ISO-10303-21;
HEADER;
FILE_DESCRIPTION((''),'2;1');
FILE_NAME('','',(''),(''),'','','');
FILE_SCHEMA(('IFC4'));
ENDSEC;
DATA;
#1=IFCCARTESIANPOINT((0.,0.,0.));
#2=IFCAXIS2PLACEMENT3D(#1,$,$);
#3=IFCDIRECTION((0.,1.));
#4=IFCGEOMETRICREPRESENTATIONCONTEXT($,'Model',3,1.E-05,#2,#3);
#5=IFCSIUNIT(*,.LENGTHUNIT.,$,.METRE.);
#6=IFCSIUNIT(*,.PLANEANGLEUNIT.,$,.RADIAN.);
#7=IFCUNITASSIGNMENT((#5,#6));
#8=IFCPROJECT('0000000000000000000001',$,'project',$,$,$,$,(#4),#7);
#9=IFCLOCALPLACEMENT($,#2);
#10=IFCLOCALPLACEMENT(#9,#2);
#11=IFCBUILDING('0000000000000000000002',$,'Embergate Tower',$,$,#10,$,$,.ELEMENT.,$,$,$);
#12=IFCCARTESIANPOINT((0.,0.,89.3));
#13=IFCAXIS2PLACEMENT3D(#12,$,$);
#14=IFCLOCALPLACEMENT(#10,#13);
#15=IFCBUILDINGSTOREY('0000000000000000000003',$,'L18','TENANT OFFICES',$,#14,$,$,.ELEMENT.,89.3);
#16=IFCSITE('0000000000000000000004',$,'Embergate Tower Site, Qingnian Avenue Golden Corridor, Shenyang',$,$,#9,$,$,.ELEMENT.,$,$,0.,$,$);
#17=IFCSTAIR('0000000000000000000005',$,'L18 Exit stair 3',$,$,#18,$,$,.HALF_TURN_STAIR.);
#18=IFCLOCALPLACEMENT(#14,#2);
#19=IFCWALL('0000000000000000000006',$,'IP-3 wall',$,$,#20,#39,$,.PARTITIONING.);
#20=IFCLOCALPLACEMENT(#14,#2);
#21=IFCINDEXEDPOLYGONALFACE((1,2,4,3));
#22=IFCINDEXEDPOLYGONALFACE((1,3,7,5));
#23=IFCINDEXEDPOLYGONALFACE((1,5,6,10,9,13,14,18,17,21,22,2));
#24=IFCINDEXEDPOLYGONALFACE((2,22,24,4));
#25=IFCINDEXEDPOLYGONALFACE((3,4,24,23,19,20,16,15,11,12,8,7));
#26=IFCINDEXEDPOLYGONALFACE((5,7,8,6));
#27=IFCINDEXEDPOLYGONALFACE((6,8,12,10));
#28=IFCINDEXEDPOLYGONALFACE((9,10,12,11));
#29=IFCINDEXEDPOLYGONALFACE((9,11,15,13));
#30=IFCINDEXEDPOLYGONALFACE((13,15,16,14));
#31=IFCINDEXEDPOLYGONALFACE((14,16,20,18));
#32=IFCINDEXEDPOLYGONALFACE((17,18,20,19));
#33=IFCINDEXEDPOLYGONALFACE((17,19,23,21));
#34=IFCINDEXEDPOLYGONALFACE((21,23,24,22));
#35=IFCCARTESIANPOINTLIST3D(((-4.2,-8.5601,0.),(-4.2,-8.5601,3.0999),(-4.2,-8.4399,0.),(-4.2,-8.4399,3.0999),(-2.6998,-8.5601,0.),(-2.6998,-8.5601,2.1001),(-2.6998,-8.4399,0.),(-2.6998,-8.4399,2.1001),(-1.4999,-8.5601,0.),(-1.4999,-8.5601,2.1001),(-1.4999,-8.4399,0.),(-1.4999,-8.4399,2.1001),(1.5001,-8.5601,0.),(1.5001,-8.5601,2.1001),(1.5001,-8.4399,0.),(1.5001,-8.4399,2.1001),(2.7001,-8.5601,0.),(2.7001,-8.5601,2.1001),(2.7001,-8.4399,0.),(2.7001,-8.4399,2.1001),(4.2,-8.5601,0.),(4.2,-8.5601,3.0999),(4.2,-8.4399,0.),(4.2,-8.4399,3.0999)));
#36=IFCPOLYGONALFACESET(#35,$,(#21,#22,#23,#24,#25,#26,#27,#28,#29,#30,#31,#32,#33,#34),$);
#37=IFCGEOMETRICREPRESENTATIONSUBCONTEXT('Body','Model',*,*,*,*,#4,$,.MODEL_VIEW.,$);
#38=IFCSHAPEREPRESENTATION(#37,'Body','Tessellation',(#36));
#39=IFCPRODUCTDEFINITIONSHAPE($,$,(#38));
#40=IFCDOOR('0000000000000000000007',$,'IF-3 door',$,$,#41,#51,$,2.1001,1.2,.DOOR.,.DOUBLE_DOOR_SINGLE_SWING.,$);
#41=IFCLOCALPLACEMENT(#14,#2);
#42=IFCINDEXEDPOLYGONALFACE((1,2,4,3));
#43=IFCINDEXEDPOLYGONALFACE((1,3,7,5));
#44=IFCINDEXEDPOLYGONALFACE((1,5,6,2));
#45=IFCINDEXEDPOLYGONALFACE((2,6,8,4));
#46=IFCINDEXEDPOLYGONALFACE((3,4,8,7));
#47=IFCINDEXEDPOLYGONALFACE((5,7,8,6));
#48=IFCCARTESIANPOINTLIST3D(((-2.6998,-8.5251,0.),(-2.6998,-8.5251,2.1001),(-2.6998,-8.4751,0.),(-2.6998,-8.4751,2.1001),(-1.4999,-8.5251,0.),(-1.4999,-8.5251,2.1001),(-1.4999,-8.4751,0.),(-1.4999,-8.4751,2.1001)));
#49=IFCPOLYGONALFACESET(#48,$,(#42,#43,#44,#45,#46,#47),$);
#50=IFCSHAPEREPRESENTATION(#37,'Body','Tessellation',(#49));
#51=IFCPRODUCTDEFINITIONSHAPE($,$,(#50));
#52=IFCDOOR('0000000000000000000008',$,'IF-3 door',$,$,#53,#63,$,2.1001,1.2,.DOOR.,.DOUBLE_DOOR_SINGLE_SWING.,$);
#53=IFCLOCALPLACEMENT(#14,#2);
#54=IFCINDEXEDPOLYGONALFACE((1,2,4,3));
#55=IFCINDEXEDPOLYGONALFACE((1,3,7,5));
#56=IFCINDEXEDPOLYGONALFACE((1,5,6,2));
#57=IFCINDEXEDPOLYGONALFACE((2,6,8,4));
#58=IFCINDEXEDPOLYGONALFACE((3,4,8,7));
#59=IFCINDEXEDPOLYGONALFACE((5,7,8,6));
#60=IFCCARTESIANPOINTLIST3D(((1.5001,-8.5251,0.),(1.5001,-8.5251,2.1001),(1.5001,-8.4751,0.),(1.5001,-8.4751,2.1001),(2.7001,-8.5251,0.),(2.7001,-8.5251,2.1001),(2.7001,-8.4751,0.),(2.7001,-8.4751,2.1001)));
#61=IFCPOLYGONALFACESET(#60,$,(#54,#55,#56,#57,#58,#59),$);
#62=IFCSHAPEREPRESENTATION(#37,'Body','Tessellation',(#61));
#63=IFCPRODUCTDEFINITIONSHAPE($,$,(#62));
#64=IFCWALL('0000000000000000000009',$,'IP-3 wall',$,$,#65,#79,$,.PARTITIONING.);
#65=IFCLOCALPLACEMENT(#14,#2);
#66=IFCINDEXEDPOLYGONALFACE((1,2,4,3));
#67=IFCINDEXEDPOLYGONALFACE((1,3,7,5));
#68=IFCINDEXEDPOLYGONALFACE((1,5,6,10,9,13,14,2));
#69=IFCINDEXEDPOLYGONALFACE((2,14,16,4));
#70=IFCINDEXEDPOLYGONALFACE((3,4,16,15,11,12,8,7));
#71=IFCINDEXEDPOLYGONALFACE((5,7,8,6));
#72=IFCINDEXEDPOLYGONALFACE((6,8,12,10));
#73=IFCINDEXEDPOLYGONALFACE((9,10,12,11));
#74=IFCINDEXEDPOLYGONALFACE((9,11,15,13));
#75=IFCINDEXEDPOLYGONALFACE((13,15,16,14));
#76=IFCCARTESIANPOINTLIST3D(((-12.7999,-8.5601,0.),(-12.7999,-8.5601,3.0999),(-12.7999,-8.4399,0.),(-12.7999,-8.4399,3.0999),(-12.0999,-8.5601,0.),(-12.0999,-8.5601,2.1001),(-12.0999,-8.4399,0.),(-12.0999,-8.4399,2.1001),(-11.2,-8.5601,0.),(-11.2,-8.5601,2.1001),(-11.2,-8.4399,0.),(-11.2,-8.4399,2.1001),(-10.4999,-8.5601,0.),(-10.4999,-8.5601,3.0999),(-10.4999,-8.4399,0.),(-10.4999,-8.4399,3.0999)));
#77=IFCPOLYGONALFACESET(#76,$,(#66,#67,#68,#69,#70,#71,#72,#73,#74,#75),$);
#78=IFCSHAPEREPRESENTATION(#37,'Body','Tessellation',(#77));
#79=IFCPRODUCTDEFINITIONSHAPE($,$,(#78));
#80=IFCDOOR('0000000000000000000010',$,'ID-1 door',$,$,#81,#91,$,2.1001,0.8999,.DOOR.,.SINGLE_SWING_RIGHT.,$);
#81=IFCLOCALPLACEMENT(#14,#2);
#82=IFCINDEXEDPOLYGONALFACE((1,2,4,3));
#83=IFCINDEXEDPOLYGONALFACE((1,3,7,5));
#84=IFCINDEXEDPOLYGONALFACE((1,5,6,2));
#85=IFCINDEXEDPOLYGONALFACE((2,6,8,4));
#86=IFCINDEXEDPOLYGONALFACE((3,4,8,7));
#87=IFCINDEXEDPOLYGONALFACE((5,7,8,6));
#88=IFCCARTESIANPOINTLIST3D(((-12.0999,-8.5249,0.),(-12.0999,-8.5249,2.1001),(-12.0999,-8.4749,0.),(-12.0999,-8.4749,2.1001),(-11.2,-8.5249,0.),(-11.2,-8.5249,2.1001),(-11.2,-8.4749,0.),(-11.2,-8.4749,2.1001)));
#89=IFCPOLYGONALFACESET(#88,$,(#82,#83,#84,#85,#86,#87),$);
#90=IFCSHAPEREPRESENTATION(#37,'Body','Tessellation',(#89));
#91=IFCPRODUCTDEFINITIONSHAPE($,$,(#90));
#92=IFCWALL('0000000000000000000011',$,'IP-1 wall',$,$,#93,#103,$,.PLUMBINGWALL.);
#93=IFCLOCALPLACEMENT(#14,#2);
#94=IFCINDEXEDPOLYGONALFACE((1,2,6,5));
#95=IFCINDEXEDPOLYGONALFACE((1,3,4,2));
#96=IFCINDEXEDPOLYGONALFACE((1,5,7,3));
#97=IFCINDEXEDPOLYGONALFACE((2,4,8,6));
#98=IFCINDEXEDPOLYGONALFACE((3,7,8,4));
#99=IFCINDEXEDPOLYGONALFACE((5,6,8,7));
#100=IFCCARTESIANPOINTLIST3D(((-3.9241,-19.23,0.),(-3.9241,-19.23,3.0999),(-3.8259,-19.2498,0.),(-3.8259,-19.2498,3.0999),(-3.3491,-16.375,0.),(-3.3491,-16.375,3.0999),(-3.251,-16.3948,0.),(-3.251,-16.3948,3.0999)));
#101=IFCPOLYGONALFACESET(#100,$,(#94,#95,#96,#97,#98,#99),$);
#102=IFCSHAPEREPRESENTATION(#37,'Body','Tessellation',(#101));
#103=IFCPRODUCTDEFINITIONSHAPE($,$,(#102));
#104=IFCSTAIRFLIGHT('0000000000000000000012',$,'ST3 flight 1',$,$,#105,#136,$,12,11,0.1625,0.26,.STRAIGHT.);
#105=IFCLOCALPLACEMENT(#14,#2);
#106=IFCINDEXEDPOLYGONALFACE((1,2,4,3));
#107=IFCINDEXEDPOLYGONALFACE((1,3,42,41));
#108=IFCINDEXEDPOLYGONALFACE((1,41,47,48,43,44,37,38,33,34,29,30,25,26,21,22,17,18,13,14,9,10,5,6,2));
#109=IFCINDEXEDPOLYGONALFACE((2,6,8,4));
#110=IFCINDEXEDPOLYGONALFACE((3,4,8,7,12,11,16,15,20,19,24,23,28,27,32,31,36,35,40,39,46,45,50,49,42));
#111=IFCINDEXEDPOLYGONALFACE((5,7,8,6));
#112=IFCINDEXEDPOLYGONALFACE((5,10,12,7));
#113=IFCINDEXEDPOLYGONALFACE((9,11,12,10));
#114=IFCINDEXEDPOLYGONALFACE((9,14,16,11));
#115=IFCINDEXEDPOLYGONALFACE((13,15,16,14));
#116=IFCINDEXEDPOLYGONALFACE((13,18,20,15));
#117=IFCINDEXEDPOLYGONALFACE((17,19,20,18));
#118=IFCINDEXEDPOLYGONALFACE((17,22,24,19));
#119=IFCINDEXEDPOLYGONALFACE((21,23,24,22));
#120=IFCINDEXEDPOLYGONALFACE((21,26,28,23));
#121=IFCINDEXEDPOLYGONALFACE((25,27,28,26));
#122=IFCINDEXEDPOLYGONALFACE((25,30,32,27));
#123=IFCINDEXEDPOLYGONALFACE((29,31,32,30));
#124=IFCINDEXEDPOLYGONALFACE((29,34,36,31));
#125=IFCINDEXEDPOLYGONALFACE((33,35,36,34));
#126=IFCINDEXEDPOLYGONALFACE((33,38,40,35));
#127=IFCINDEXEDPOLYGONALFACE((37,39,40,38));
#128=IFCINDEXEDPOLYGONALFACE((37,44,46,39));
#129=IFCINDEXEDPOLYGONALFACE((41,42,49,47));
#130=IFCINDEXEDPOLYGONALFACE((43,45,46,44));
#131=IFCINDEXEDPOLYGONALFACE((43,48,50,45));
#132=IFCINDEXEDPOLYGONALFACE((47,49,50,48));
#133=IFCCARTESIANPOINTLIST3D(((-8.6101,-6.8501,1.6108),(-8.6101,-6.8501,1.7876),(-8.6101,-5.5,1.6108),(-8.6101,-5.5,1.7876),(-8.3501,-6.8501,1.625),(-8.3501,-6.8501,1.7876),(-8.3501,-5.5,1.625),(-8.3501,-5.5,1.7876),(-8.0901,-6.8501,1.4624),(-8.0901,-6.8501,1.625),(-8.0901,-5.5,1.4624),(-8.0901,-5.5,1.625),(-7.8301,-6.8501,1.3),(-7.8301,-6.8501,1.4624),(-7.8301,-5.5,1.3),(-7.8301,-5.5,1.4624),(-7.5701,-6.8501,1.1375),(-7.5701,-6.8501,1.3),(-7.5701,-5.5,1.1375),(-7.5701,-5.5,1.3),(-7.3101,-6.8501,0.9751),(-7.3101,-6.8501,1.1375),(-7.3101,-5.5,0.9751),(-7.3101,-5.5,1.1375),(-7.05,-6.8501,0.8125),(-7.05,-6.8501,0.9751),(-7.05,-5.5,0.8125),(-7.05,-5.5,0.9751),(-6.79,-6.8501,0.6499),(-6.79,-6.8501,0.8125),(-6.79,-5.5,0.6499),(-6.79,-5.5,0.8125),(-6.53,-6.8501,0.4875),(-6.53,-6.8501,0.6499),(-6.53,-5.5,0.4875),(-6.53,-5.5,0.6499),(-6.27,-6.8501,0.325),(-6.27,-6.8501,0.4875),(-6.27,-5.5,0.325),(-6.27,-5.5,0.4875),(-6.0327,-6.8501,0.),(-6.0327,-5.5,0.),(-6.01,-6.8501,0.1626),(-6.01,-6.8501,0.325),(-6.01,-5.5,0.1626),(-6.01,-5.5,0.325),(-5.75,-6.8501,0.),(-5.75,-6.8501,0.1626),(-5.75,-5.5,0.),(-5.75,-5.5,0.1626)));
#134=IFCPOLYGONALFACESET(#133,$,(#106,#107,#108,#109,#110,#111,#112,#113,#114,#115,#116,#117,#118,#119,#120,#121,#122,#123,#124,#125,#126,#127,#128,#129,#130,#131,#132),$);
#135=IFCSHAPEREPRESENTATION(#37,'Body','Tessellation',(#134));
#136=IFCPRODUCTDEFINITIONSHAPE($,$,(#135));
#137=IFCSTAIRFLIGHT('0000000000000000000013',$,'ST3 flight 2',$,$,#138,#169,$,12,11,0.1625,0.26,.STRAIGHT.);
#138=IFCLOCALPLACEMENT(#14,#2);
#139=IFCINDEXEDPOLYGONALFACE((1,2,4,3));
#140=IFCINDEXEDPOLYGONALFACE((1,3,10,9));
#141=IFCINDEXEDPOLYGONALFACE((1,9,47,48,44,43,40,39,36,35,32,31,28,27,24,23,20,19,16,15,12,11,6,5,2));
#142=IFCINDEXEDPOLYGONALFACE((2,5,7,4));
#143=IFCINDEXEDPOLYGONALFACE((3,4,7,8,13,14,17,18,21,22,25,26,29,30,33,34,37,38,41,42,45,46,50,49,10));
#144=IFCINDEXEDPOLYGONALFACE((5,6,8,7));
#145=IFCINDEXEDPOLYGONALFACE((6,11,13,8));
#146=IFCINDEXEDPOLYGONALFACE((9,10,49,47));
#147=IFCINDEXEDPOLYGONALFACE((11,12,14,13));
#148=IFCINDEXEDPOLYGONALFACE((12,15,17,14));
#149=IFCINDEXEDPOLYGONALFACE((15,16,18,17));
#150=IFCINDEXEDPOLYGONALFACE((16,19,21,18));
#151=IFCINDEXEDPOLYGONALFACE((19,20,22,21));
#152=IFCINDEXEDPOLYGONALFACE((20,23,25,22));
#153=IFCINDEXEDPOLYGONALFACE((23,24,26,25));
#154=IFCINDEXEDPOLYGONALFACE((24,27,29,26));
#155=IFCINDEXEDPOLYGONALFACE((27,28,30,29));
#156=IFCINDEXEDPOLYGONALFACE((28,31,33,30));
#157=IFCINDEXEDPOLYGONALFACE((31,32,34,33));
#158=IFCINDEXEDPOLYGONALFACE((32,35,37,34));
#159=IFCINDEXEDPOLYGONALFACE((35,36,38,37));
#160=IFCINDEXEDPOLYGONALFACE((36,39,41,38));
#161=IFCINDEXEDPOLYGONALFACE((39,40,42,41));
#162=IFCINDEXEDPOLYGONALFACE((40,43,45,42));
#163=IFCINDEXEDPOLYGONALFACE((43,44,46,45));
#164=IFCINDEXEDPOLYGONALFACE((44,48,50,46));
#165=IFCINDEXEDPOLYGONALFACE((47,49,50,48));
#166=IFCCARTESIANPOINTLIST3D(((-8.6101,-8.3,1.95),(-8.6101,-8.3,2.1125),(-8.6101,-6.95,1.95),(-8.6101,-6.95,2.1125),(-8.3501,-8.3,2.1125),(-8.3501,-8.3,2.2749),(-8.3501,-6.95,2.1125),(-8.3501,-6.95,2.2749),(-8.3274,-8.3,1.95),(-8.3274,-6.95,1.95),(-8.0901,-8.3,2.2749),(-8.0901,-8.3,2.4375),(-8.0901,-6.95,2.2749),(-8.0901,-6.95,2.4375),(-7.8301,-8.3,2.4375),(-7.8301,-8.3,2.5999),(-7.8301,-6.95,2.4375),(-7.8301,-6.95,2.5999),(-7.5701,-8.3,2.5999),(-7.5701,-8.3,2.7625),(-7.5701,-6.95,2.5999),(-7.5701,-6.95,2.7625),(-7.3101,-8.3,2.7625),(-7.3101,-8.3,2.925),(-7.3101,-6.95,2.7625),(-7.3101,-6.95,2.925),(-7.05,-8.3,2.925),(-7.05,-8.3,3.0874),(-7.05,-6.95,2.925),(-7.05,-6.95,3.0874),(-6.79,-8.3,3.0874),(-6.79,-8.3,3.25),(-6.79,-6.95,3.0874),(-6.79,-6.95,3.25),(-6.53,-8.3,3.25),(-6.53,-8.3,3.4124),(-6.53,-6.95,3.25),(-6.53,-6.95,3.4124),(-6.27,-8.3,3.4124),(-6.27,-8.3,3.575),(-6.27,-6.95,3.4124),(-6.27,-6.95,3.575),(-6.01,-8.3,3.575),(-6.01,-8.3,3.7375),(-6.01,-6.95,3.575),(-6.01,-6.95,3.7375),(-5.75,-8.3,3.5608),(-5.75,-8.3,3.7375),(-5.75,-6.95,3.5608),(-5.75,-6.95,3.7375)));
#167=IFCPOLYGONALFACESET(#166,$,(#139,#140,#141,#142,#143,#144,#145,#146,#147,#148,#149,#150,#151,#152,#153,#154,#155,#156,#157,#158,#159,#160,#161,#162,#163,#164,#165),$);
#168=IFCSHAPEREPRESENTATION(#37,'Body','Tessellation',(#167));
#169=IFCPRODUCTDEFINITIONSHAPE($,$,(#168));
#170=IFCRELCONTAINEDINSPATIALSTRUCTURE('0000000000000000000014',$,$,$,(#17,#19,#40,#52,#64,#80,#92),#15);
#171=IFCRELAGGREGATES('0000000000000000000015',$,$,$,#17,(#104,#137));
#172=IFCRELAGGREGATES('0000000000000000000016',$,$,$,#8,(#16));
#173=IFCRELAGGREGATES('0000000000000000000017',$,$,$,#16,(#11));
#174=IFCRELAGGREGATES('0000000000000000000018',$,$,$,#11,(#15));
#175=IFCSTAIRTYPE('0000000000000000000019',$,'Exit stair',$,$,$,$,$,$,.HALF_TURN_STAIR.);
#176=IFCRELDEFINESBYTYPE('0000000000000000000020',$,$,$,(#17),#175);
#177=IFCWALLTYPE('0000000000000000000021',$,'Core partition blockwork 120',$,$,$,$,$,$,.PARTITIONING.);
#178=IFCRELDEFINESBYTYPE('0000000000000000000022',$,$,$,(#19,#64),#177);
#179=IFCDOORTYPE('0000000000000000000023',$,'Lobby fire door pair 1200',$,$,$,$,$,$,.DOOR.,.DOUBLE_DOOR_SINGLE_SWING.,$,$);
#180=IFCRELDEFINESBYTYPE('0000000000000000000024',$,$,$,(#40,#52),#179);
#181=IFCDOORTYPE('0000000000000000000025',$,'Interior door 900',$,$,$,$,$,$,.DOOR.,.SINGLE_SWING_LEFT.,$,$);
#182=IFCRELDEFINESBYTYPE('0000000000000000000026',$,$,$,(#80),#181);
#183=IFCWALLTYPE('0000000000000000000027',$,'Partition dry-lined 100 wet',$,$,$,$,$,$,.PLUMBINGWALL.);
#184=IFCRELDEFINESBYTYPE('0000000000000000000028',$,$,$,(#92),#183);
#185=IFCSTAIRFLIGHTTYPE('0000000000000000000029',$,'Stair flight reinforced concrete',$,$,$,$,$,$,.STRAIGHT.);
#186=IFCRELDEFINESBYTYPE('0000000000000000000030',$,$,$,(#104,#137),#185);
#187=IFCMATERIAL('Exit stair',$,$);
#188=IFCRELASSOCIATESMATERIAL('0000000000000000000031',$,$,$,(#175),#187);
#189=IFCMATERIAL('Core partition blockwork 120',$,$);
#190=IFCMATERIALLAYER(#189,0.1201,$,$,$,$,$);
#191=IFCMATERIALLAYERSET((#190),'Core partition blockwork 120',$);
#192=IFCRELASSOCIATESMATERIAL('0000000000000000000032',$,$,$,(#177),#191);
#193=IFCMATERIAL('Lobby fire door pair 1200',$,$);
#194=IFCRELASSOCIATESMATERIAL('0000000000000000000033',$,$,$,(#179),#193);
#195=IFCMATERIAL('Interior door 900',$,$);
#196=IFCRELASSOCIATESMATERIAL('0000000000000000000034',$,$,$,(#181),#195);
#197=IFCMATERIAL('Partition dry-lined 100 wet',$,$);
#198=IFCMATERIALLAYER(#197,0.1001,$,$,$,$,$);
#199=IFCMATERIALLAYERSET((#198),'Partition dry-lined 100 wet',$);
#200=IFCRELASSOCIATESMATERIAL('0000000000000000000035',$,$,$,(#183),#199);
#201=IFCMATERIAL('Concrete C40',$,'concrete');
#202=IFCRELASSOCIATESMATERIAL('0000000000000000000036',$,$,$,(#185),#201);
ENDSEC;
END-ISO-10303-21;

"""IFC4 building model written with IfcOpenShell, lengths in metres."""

from ifc_helpers import new_model, si_unit, direction, frame, frame_2d, origin, place, context, subcontext, project, spatial, polyline, rectangle, outline, extrude, source, transform, mapped, material, layer, layer_set, type_object, element, fill, aggregate, save


model = new_model("IFC4")

# Units and contexts
model_context = context("Model", 3, precision=1e-05, world=origin(), true_north=direction((0.0, 1.0)))
body_context = subcontext(model_context, "Body", "Model", "MODEL_VIEW")
ifc_project = project(units=[si_unit("LENGTHUNIT", "METRE"), si_unit("PLANEANGLEUNIT", "RADIAN")], contexts=[model_context])

# Site, building, storey
site_placement = place(None, origin())
site = spatial("IfcSite", under=ifc_project, at=site_placement, Name="Embergate Tower Site, Qingnian Avenue Golden Corridor, Shenyang", CompositionType="ELEMENT", RefElevation=0.0)
building_placement = place(site_placement, origin())
building = spatial("IfcBuilding", under=site, at=building_placement, Name="Embergate Tower", CompositionType="ELEMENT")
storey_placement = place(building_placement, frame((0.0, 0.0, 89.3)))
storey = spatial("IfcBuildingStorey", under=building, at=storey_placement, Name="L18", Description="TENANT OFFICES", CompositionType="ELEMENT", Elevation=89.3)

# Stair
ifc_material_1 = material(Name="Exit stair")
stair_type = type_object("IfcStairType", Name="Exit stair", PredefinedType="HALF_TURN_STAIR", material=ifc_material_1)
stair_placement = place(storey_placement, origin())
stair = element("IfcStair", 1, at=stair_placement, inside=storey, type_object=stair_type, Name="L18 Exit stair 3", PredefinedType="HALF_TURN_STAIR")
ifc_material_2 = material(Name="Concrete C40", Category="concrete")

# Shared definitions
shared_shape_1 = source(origin(), body_context, "Body", "SweptSolid", [
    extrude(rectangle(XDim=1.2, YDim=2.1001, at=frame_2d((0.6001, 1.05))), frame((0.0, 0.0249, 0.0), z_axis=(0.0, -1.0, 0.0), x_axis=(1.0, 0.0, 0.0)), (0.0, 0.0, 1.0), 0.05),
])

# Wall, openings, doors
ifc_material_3 = material(Name="Core partition blockwork 120")
ifc_layer_1 = layer(ifc_material_3, 0.1201)
ifc_layer_set_1 = layer_set([ifc_layer_1], Name="Core partition blockwork 120")
wall_type_1 = type_object("IfcWallType", Name="Core partition blockwork 120", PredefinedType="PARTITIONING", material=ifc_layer_set_1)
shared_shape_2 = source(origin(), body_context, "Body", "SweptSolid", [
    extrude(rectangle(XDim=8.3999, YDim=0.1201, at=frame_2d((4.2, 0.0))), origin(), (0.0, 0.0, 1.0), 3.0999),
])
wall_1_placement = place(storey_placement, frame((-4.2, -8.5, 0.0), z_axis=(0.0, 0.0, 1.0), x_axis=(1.0, 0.0, 0.0)))
wall_1 = element("IfcWall", 2, at=wall_1_placement, inside=storey, type_object=wall_type_1, Name="IP-3 wall", PredefinedType="PARTITIONING", context=body_context, shape_type="MappedRepresentation", body=[
    mapped(shared_shape_2, transform((0.0, 0.0, 0.0))),
])
shared_shape_3 = source(origin(), body_context, "Body", "SweptSolid", [
    extrude(rectangle(XDim=1.2, YDim=2.1001, at=frame_2d((0.6001, 1.05))), frame((0.0, 0.0701, 0.0), z_axis=(0.0, -1.0, 0.0), x_axis=(1.0, 0.0, 0.0)), (0.0, 0.0, 1.0), 0.1401),
])
opening_1_placement = place(wall_1_placement, frame((1.5, 0.0, 0.0)))
opening_1 = element("IfcOpeningElement", 3, at=opening_1_placement, cuts=wall_1, PredefinedType="OPENING", context=body_context, shape_type="MappedRepresentation", body=[
    mapped(shared_shape_3, transform((0.0, 0.0, 0.0))),
])
opening_2_placement = place(wall_1_placement, frame((5.7, 0.0, 0.0)))
opening_2 = element("IfcOpeningElement", 4, at=opening_2_placement, cuts=wall_1, PredefinedType="OPENING", context=body_context, shape_type="MappedRepresentation", body=[
    mapped(shared_shape_3, transform((0.0, 0.0, 0.0))),
])
ifc_material_4 = material(Name="Lobby fire door pair 1200")
door_type_1 = type_object("IfcDoorType", Name="Lobby fire door pair 1200", OperationType="DOUBLE_DOOR_SINGLE_SWING", PredefinedType="DOOR", material=ifc_material_4)
door_1_placement = place(opening_1_placement, origin())
door_1 = element("IfcDoor", 5, at=door_1_placement, inside=storey, type_object=door_type_1, Name="IF-3 door", OperationType="DOUBLE_DOOR_SINGLE_SWING", OverallHeight=2.1001, OverallWidth=1.2, PredefinedType="DOOR", context=body_context, shape_type="MappedRepresentation", body=[
    mapped(shared_shape_1, transform((0.0, 0.0, 0.0))),
])
fill(opening_1, door_1)
door_2_placement = place(opening_2_placement, origin())
door_2 = element("IfcDoor", 6, at=door_2_placement, inside=storey, type_object=door_type_1, Name="IF-3 door", OperationType="DOUBLE_DOOR_SINGLE_SWING", OverallHeight=2.1001, OverallWidth=1.2, PredefinedType="DOOR", context=body_context, shape_type="MappedRepresentation", body=[
    mapped(shared_shape_1, transform((0.0, 0.0, 0.0))),
])
fill(opening_2, door_2)

# Wall, opening, door
shared_shape_4 = source(origin(), body_context, "Body", "SweptSolid", [
    extrude(rectangle(XDim=2.3, YDim=0.1201, at=frame_2d((1.1499, 0.0))), origin(), (0.0, 0.0, 1.0), 3.0999),
])
wall_2_placement = place(storey_placement, frame((-10.5, -8.5, 0.0), z_axis=(0.0, 0.0, 1.0), x_axis=(-1.0, 0.0, 0.0)))
wall_2 = element("IfcWall", 7, at=wall_2_placement, inside=storey, type_object=wall_type_1, Name="IP-3 wall", PredefinedType="PARTITIONING", context=body_context, shape_type="MappedRepresentation", body=[
    mapped(shared_shape_4, transform((0.0, 0.0, 0.0))),
])
shared_shape_5 = source(origin(), body_context, "Body", "SweptSolid", [
    extrude(rectangle(XDim=0.8999, YDim=2.1001, at=frame_2d((0.45, 1.05))), frame((0.0, 0.0701, 0.0), z_axis=(0.0, -1.0, 0.0), x_axis=(1.0, 0.0, 0.0)), (0.0, 0.0, 1.0), 0.1401),
])
opening_3_placement = place(wall_2_placement, frame((0.7, 0.0, 0.0)))
opening_3 = element("IfcOpeningElement", 8, at=opening_3_placement, cuts=wall_2, PredefinedType="OPENING", context=body_context, shape_type="MappedRepresentation", body=[
    mapped(shared_shape_5, transform((0.0, 0.0, 0.0))),
])
ifc_material_5 = material(Name="Interior door 900")
door_type_2 = type_object("IfcDoorType", Name="Interior door 900", OperationType="SINGLE_SWING_LEFT", PredefinedType="DOOR", material=ifc_material_5)
shared_shape_6 = source(origin(), body_context, "Body", "SweptSolid", [
    extrude(rectangle(XDim=0.8999, YDim=2.1001, at=frame_2d((0.45, 1.05))), frame((0.0, 0.0249, 0.0), z_axis=(0.0, -1.0, 0.0), x_axis=(1.0, 0.0, 0.0)), (0.0, 0.0, 1.0), 0.05),
])
door_3_placement = place(opening_3_placement, origin())
door_3 = element("IfcDoor", 9, at=door_3_placement, inside=storey, type_object=door_type_2, Name="ID-1 door", OperationType="SINGLE_SWING_RIGHT", OverallHeight=2.1001, OverallWidth=0.8999, PredefinedType="DOOR", context=body_context, shape_type="MappedRepresentation", body=[
    mapped(shared_shape_6, transform((0.0, 0.0, 0.0))),
])
fill(opening_3, door_3)

# Wall
ifc_material_6 = material(Name="Partition dry-lined 100 wet")
ifc_layer_2 = layer(ifc_material_6, 0.1001)
ifc_layer_set_2 = layer_set([ifc_layer_2], Name="Partition dry-lined 100 wet")
wall_type_2 = type_object("IfcWallType", Name="Partition dry-lined 100 wet", PredefinedType="PLUMBINGWALL", material=ifc_layer_set_2)
shared_shape_7 = source(origin(), body_context, "Body", "SweptSolid", [
    extrude(rectangle(XDim=2.9124, YDim=0.1001, at=frame_2d((1.4561, 0.0))), origin(), (0.0, 0.0, 1.0), 3.0999),
])
wall_3_placement = place(storey_placement, frame((-3.3, -16.385, 0.0), z_axis=(0.0, 0.0, 1.0), x_axis=(-0.197422, -0.980319, 0.0)))
element("IfcWall", 10, at=wall_3_placement, inside=storey, type_object=wall_type_2, Name="IP-1 wall", PredefinedType="PLUMBINGWALL", context=body_context, shape_type="MappedRepresentation", body=[
    mapped(shared_shape_7, transform((0.0, 0.0, 0.0))),
])

# Stair flights
stair_flight_type = type_object("IfcStairFlightType", Name="Stair flight reinforced concrete", PredefinedType="STRAIGHT", material=ifc_material_2)
shared_shape_8 = source(origin(), body_context, "Body", "SweptSolid", [
    extrude(outline(polyline([(0.0, 0.0), (0.0, 0.1626), (0.26, 0.1626), (0.26, 0.325), (0.52, 0.325), (0.52, 0.4875), (0.78, 0.4875), (0.78, 0.6499), (1.04, 0.6499), (1.04, 0.8125), (1.3, 0.8125), (1.3, 0.9751), (1.5601, 0.9751), (1.5601, 1.1375), (1.8201, 1.1375), (1.8201, 1.3), (2.0801, 1.3), (2.0801, 1.4624), (2.3401, 1.4624), (2.3401, 1.625), (2.6001, 1.625), (2.6001, 1.7876), (2.8601, 1.7876), (2.8601, 1.95), (2.8601, 1.6108), (0.2827, 0.0), (0.0, 0.0)])), frame((0.0, 0.675, 0.0), z_axis=(0.0, -1.0, 0.0), x_axis=(1.0, 0.0, 0.0)), (0.0, 0.0, 1.0), 1.3501),
])
stair_flight_1_placement = place(storey_placement, frame((-5.75, -6.175, 0.0), z_axis=(0.0, 0.0, 1.0), x_axis=(-1.0, 0.0, 0.0)))
stair_flight_1 = element("IfcStairFlight", 11, at=stair_flight_1_placement, type_object=stair_flight_type, Name="ST3 flight 1", NumberOfRisers=12, NumberOfTreads=11, PredefinedType="STRAIGHT", RiserHeight=0.1625, TreadLength=0.26, context=body_context, shape_type="MappedRepresentation", body=[
    mapped(shared_shape_8, transform((0.0, 0.0, 0.0))),
])
stair_flight_2_placement = place(storey_placement, frame((-8.6101, -7.625, 1.95), z_axis=(0.0, 0.0, 1.0), x_axis=(1.0, 0.0, 0.0)))
stair_flight_2 = element("IfcStairFlight", 12, at=stair_flight_2_placement, type_object=stair_flight_type, Name="ST3 flight 2", NumberOfRisers=12, NumberOfTreads=11, PredefinedType="STRAIGHT", RiserHeight=0.1625, TreadLength=0.26, context=body_context, shape_type="MappedRepresentation", body=[
    mapped(shared_shape_8, transform((0.0, 0.0, 0.0))),
])
aggregate(stair, [stair_flight_1, stair_flight_2])

save(model, "model.ifc")
